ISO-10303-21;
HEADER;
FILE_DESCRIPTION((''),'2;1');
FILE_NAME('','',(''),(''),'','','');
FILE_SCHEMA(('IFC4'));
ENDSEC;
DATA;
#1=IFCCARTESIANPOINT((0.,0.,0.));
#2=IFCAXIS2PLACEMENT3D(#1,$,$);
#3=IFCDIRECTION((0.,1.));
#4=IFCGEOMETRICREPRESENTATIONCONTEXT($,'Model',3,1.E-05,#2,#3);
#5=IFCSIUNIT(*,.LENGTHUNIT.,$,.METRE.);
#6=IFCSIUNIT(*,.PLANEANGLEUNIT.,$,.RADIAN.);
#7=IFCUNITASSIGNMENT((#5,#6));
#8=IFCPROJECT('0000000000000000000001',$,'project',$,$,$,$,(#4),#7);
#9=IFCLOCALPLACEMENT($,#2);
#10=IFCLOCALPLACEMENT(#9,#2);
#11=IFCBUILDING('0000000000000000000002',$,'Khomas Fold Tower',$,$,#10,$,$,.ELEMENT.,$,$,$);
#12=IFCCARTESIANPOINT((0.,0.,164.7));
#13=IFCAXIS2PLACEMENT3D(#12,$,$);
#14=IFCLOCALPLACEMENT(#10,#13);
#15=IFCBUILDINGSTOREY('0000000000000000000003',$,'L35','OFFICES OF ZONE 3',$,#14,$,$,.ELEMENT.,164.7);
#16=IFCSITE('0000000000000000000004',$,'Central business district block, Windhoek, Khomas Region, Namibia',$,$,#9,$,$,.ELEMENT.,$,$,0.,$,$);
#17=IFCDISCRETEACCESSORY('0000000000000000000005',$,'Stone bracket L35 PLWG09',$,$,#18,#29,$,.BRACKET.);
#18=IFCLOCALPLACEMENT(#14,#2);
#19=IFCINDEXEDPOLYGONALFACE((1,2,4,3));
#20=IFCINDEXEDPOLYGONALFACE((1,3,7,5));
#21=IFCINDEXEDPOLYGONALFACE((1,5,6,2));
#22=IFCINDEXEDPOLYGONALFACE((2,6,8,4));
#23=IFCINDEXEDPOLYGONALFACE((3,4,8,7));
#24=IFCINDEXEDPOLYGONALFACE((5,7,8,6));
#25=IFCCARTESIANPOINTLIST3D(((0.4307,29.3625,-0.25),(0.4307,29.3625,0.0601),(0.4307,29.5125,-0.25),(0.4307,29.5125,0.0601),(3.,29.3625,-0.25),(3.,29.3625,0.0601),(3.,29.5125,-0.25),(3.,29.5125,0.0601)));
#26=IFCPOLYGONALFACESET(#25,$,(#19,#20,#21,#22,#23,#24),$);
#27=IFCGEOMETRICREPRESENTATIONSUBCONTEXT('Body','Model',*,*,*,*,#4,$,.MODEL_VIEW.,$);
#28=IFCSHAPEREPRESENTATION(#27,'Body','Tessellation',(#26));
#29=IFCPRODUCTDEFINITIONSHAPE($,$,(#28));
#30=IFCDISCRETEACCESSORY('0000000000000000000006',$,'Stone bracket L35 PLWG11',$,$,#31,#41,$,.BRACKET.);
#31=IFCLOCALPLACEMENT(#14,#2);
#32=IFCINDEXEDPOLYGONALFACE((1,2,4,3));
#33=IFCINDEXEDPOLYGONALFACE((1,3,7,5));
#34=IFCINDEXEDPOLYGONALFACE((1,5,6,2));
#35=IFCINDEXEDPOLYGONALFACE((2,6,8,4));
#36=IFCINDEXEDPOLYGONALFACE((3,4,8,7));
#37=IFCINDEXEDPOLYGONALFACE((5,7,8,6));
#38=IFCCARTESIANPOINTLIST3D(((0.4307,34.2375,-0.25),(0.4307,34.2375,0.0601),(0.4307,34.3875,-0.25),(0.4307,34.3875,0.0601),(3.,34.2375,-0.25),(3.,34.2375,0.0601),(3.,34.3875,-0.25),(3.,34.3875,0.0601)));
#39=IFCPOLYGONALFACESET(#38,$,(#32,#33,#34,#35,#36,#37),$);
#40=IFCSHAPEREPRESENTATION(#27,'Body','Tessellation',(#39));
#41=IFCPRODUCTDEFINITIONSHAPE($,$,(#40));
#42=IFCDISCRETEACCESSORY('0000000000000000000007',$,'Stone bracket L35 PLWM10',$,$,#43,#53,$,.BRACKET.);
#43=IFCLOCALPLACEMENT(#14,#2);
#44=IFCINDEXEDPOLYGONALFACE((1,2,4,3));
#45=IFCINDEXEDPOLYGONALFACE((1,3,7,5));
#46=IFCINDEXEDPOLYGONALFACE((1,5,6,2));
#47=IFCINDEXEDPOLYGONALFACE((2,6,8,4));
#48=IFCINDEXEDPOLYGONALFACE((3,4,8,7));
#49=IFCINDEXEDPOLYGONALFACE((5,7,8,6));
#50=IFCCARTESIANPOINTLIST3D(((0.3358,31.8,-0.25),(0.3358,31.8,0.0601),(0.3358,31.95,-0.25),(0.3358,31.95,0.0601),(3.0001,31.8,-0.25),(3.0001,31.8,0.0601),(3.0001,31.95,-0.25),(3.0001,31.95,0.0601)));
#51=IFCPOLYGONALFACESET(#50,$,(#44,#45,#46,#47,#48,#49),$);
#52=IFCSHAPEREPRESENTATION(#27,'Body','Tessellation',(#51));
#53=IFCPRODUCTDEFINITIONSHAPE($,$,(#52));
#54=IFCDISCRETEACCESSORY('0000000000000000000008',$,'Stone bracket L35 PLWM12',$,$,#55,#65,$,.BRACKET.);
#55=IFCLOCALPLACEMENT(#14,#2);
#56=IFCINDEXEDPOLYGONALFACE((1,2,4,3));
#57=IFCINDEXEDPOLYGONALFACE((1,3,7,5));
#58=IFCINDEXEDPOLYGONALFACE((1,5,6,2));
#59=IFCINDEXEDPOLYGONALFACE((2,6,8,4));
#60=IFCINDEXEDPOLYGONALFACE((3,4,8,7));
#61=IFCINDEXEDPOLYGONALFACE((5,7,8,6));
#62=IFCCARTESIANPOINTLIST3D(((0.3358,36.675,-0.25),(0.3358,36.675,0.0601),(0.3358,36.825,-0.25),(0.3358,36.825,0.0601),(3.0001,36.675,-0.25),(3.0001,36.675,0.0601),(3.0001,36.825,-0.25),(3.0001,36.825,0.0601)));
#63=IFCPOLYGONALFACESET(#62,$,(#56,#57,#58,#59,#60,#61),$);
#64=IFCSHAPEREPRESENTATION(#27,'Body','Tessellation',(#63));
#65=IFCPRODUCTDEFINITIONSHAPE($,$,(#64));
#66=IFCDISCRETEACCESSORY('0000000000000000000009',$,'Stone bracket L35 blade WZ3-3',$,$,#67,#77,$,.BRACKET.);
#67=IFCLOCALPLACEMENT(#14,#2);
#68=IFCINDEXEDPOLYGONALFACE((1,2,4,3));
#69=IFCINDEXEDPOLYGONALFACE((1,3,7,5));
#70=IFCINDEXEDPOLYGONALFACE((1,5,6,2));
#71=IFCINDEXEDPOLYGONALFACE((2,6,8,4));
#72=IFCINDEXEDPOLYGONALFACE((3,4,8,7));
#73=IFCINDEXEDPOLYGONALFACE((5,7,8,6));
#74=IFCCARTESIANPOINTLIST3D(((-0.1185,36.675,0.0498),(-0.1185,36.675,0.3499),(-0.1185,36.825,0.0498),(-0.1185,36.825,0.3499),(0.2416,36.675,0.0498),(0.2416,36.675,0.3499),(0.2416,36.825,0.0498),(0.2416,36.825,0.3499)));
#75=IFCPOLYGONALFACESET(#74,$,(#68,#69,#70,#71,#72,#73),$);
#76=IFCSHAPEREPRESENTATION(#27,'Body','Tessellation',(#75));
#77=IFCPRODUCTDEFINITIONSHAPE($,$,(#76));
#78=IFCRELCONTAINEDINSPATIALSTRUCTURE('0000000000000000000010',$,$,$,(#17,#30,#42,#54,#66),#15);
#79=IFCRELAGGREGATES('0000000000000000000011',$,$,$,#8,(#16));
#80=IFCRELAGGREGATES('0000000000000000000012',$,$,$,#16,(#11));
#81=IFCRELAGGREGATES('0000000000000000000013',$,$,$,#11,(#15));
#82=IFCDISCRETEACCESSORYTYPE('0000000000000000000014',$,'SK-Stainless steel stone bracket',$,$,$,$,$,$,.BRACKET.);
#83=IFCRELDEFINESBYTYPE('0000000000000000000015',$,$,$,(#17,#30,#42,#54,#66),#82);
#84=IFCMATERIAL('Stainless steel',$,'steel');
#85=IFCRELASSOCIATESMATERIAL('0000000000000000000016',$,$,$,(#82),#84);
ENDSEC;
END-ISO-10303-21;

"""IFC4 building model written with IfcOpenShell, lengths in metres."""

from ifc_helpers import new_model, si_unit, direction, frame, origin, origin_2d, place, context, subcontext, project, spatial, rectangle, extrude, source, transform, mapped, material, type_object, element, save


model = new_model("IFC4")

# Units and contexts
model_context = context("Model", 3, precision=1e-05, world=origin(), true_north=direction((0.0, 1.0)))
body_context = subcontext(model_context, "Body", "Model", "MODEL_VIEW")
ifc_project = project(units=[si_unit("LENGTHUNIT", "METRE"), si_unit("PLANEANGLEUNIT", "RADIAN")], contexts=[model_context])

# Site, building, storey
site_placement = place(None, origin())
site = spatial("IfcSite", under=ifc_project, at=site_placement, Name="Central business district block, Windhoek, Khomas Region, Namibia", CompositionType="ELEMENT", RefElevation=0.0)
building_placement = place(site_placement, origin())
building = spatial("IfcBuilding", under=site, at=building_placement, Name="Khomas Fold Tower", CompositionType="ELEMENT")
storey_placement = place(building_placement, frame((0.0, 0.0, 164.7)))
storey = spatial("IfcBuildingStorey", under=building, at=storey_placement, Name="L35", Description="OFFICES OF ZONE 3", CompositionType="ELEMENT", Elevation=164.7)

# Discrete accessories
ifc_material_1 = material(Name="Stainless steel", Category="steel")
discrete_accessory_type = type_object("IfcDiscreteAccessoryType", Name="SK-Stainless steel stone bracket", PredefinedType="BRACKET", material=ifc_material_1)
shared_shape_1 = source(origin(), body_context, "Body", "SweptSolid", [
    extrude(rectangle(XDim=2.5693, YDim=0.1499, at=origin_2d()), origin(), (0.0, 0.0, 1.0), 0.3101),
])
for number, where, z_axis, x_axis, name in (
    (1, (1.7153, 29.4375, -0.25), (0.0, 0.0, 1.0), (-1.0, 0.0, 0.0), "Stone bracket L35 PLWG09"),
    (2, (1.7153, 34.3125, -0.25), (0.0, 0.0, 1.0), (-1.0, 0.0, 0.0), "Stone bracket L35 PLWG11"),
):
    element("IfcDiscreteAccessory", number, at=place(storey_placement, frame(where, z_axis=z_axis, x_axis=x_axis)), inside=storey, type_object=discrete_accessory_type, Name=name, PredefinedType="BRACKET", context=body_context, shape_type="MappedRepresentation", body=[
        mapped(shared_shape_1, transform((0.0, 0.0, 0.0))),
    ])
shared_shape_2 = source(origin(), body_context, "Body", "SweptSolid", [
    extrude(rectangle(XDim=2.6643, YDim=0.1499, at=origin_2d()), origin(), (0.0, 0.0, 1.0), 0.3101),
])
for number, where, z_axis, x_axis, name in (
    (3, (1.668, 31.875, -0.25), (0.0, 0.0, 1.0), (-1.0, 0.0, 0.0), "Stone bracket L35 PLWM10"),
    (4, (1.668, 36.75, -0.25), (0.0, 0.0, 1.0), (-1.0, 0.0, 0.0), "Stone bracket L35 PLWM12"),
):
    element("IfcDiscreteAccessory", number, at=place(storey_placement, frame(where, z_axis=z_axis, x_axis=x_axis)), inside=storey, type_object=discrete_accessory_type, Name=name, PredefinedType="BRACKET", context=body_context, shape_type="MappedRepresentation", body=[
        mapped(shared_shape_2, transform((0.0, 0.0, 0.0))),
    ])
shared_shape_3 = source(origin(), body_context, "Body", "SweptSolid", [
    extrude(rectangle(XDim=0.3601, YDim=0.1499, at=origin_2d()), origin(), (0.0, 0.0, 1.0), 0.3),
])
discrete_accessory_placement = place(storey_placement, frame((0.0615, 36.75, 0.0498), z_axis=(0.0, 0.0, 1.0), x_axis=(-1.0, 0.0, 0.0)))
element("IfcDiscreteAccessory", 5, at=discrete_accessory_placement, inside=storey, type_object=discrete_accessory_type, Name="Stone bracket L35 blade WZ3-3", PredefinedType="BRACKET", context=body_context, shape_type="MappedRepresentation", body=[
    mapped(shared_shape_3, transform((0.0, 0.0, 0.0))),
])

save(model, "model.ifc")
